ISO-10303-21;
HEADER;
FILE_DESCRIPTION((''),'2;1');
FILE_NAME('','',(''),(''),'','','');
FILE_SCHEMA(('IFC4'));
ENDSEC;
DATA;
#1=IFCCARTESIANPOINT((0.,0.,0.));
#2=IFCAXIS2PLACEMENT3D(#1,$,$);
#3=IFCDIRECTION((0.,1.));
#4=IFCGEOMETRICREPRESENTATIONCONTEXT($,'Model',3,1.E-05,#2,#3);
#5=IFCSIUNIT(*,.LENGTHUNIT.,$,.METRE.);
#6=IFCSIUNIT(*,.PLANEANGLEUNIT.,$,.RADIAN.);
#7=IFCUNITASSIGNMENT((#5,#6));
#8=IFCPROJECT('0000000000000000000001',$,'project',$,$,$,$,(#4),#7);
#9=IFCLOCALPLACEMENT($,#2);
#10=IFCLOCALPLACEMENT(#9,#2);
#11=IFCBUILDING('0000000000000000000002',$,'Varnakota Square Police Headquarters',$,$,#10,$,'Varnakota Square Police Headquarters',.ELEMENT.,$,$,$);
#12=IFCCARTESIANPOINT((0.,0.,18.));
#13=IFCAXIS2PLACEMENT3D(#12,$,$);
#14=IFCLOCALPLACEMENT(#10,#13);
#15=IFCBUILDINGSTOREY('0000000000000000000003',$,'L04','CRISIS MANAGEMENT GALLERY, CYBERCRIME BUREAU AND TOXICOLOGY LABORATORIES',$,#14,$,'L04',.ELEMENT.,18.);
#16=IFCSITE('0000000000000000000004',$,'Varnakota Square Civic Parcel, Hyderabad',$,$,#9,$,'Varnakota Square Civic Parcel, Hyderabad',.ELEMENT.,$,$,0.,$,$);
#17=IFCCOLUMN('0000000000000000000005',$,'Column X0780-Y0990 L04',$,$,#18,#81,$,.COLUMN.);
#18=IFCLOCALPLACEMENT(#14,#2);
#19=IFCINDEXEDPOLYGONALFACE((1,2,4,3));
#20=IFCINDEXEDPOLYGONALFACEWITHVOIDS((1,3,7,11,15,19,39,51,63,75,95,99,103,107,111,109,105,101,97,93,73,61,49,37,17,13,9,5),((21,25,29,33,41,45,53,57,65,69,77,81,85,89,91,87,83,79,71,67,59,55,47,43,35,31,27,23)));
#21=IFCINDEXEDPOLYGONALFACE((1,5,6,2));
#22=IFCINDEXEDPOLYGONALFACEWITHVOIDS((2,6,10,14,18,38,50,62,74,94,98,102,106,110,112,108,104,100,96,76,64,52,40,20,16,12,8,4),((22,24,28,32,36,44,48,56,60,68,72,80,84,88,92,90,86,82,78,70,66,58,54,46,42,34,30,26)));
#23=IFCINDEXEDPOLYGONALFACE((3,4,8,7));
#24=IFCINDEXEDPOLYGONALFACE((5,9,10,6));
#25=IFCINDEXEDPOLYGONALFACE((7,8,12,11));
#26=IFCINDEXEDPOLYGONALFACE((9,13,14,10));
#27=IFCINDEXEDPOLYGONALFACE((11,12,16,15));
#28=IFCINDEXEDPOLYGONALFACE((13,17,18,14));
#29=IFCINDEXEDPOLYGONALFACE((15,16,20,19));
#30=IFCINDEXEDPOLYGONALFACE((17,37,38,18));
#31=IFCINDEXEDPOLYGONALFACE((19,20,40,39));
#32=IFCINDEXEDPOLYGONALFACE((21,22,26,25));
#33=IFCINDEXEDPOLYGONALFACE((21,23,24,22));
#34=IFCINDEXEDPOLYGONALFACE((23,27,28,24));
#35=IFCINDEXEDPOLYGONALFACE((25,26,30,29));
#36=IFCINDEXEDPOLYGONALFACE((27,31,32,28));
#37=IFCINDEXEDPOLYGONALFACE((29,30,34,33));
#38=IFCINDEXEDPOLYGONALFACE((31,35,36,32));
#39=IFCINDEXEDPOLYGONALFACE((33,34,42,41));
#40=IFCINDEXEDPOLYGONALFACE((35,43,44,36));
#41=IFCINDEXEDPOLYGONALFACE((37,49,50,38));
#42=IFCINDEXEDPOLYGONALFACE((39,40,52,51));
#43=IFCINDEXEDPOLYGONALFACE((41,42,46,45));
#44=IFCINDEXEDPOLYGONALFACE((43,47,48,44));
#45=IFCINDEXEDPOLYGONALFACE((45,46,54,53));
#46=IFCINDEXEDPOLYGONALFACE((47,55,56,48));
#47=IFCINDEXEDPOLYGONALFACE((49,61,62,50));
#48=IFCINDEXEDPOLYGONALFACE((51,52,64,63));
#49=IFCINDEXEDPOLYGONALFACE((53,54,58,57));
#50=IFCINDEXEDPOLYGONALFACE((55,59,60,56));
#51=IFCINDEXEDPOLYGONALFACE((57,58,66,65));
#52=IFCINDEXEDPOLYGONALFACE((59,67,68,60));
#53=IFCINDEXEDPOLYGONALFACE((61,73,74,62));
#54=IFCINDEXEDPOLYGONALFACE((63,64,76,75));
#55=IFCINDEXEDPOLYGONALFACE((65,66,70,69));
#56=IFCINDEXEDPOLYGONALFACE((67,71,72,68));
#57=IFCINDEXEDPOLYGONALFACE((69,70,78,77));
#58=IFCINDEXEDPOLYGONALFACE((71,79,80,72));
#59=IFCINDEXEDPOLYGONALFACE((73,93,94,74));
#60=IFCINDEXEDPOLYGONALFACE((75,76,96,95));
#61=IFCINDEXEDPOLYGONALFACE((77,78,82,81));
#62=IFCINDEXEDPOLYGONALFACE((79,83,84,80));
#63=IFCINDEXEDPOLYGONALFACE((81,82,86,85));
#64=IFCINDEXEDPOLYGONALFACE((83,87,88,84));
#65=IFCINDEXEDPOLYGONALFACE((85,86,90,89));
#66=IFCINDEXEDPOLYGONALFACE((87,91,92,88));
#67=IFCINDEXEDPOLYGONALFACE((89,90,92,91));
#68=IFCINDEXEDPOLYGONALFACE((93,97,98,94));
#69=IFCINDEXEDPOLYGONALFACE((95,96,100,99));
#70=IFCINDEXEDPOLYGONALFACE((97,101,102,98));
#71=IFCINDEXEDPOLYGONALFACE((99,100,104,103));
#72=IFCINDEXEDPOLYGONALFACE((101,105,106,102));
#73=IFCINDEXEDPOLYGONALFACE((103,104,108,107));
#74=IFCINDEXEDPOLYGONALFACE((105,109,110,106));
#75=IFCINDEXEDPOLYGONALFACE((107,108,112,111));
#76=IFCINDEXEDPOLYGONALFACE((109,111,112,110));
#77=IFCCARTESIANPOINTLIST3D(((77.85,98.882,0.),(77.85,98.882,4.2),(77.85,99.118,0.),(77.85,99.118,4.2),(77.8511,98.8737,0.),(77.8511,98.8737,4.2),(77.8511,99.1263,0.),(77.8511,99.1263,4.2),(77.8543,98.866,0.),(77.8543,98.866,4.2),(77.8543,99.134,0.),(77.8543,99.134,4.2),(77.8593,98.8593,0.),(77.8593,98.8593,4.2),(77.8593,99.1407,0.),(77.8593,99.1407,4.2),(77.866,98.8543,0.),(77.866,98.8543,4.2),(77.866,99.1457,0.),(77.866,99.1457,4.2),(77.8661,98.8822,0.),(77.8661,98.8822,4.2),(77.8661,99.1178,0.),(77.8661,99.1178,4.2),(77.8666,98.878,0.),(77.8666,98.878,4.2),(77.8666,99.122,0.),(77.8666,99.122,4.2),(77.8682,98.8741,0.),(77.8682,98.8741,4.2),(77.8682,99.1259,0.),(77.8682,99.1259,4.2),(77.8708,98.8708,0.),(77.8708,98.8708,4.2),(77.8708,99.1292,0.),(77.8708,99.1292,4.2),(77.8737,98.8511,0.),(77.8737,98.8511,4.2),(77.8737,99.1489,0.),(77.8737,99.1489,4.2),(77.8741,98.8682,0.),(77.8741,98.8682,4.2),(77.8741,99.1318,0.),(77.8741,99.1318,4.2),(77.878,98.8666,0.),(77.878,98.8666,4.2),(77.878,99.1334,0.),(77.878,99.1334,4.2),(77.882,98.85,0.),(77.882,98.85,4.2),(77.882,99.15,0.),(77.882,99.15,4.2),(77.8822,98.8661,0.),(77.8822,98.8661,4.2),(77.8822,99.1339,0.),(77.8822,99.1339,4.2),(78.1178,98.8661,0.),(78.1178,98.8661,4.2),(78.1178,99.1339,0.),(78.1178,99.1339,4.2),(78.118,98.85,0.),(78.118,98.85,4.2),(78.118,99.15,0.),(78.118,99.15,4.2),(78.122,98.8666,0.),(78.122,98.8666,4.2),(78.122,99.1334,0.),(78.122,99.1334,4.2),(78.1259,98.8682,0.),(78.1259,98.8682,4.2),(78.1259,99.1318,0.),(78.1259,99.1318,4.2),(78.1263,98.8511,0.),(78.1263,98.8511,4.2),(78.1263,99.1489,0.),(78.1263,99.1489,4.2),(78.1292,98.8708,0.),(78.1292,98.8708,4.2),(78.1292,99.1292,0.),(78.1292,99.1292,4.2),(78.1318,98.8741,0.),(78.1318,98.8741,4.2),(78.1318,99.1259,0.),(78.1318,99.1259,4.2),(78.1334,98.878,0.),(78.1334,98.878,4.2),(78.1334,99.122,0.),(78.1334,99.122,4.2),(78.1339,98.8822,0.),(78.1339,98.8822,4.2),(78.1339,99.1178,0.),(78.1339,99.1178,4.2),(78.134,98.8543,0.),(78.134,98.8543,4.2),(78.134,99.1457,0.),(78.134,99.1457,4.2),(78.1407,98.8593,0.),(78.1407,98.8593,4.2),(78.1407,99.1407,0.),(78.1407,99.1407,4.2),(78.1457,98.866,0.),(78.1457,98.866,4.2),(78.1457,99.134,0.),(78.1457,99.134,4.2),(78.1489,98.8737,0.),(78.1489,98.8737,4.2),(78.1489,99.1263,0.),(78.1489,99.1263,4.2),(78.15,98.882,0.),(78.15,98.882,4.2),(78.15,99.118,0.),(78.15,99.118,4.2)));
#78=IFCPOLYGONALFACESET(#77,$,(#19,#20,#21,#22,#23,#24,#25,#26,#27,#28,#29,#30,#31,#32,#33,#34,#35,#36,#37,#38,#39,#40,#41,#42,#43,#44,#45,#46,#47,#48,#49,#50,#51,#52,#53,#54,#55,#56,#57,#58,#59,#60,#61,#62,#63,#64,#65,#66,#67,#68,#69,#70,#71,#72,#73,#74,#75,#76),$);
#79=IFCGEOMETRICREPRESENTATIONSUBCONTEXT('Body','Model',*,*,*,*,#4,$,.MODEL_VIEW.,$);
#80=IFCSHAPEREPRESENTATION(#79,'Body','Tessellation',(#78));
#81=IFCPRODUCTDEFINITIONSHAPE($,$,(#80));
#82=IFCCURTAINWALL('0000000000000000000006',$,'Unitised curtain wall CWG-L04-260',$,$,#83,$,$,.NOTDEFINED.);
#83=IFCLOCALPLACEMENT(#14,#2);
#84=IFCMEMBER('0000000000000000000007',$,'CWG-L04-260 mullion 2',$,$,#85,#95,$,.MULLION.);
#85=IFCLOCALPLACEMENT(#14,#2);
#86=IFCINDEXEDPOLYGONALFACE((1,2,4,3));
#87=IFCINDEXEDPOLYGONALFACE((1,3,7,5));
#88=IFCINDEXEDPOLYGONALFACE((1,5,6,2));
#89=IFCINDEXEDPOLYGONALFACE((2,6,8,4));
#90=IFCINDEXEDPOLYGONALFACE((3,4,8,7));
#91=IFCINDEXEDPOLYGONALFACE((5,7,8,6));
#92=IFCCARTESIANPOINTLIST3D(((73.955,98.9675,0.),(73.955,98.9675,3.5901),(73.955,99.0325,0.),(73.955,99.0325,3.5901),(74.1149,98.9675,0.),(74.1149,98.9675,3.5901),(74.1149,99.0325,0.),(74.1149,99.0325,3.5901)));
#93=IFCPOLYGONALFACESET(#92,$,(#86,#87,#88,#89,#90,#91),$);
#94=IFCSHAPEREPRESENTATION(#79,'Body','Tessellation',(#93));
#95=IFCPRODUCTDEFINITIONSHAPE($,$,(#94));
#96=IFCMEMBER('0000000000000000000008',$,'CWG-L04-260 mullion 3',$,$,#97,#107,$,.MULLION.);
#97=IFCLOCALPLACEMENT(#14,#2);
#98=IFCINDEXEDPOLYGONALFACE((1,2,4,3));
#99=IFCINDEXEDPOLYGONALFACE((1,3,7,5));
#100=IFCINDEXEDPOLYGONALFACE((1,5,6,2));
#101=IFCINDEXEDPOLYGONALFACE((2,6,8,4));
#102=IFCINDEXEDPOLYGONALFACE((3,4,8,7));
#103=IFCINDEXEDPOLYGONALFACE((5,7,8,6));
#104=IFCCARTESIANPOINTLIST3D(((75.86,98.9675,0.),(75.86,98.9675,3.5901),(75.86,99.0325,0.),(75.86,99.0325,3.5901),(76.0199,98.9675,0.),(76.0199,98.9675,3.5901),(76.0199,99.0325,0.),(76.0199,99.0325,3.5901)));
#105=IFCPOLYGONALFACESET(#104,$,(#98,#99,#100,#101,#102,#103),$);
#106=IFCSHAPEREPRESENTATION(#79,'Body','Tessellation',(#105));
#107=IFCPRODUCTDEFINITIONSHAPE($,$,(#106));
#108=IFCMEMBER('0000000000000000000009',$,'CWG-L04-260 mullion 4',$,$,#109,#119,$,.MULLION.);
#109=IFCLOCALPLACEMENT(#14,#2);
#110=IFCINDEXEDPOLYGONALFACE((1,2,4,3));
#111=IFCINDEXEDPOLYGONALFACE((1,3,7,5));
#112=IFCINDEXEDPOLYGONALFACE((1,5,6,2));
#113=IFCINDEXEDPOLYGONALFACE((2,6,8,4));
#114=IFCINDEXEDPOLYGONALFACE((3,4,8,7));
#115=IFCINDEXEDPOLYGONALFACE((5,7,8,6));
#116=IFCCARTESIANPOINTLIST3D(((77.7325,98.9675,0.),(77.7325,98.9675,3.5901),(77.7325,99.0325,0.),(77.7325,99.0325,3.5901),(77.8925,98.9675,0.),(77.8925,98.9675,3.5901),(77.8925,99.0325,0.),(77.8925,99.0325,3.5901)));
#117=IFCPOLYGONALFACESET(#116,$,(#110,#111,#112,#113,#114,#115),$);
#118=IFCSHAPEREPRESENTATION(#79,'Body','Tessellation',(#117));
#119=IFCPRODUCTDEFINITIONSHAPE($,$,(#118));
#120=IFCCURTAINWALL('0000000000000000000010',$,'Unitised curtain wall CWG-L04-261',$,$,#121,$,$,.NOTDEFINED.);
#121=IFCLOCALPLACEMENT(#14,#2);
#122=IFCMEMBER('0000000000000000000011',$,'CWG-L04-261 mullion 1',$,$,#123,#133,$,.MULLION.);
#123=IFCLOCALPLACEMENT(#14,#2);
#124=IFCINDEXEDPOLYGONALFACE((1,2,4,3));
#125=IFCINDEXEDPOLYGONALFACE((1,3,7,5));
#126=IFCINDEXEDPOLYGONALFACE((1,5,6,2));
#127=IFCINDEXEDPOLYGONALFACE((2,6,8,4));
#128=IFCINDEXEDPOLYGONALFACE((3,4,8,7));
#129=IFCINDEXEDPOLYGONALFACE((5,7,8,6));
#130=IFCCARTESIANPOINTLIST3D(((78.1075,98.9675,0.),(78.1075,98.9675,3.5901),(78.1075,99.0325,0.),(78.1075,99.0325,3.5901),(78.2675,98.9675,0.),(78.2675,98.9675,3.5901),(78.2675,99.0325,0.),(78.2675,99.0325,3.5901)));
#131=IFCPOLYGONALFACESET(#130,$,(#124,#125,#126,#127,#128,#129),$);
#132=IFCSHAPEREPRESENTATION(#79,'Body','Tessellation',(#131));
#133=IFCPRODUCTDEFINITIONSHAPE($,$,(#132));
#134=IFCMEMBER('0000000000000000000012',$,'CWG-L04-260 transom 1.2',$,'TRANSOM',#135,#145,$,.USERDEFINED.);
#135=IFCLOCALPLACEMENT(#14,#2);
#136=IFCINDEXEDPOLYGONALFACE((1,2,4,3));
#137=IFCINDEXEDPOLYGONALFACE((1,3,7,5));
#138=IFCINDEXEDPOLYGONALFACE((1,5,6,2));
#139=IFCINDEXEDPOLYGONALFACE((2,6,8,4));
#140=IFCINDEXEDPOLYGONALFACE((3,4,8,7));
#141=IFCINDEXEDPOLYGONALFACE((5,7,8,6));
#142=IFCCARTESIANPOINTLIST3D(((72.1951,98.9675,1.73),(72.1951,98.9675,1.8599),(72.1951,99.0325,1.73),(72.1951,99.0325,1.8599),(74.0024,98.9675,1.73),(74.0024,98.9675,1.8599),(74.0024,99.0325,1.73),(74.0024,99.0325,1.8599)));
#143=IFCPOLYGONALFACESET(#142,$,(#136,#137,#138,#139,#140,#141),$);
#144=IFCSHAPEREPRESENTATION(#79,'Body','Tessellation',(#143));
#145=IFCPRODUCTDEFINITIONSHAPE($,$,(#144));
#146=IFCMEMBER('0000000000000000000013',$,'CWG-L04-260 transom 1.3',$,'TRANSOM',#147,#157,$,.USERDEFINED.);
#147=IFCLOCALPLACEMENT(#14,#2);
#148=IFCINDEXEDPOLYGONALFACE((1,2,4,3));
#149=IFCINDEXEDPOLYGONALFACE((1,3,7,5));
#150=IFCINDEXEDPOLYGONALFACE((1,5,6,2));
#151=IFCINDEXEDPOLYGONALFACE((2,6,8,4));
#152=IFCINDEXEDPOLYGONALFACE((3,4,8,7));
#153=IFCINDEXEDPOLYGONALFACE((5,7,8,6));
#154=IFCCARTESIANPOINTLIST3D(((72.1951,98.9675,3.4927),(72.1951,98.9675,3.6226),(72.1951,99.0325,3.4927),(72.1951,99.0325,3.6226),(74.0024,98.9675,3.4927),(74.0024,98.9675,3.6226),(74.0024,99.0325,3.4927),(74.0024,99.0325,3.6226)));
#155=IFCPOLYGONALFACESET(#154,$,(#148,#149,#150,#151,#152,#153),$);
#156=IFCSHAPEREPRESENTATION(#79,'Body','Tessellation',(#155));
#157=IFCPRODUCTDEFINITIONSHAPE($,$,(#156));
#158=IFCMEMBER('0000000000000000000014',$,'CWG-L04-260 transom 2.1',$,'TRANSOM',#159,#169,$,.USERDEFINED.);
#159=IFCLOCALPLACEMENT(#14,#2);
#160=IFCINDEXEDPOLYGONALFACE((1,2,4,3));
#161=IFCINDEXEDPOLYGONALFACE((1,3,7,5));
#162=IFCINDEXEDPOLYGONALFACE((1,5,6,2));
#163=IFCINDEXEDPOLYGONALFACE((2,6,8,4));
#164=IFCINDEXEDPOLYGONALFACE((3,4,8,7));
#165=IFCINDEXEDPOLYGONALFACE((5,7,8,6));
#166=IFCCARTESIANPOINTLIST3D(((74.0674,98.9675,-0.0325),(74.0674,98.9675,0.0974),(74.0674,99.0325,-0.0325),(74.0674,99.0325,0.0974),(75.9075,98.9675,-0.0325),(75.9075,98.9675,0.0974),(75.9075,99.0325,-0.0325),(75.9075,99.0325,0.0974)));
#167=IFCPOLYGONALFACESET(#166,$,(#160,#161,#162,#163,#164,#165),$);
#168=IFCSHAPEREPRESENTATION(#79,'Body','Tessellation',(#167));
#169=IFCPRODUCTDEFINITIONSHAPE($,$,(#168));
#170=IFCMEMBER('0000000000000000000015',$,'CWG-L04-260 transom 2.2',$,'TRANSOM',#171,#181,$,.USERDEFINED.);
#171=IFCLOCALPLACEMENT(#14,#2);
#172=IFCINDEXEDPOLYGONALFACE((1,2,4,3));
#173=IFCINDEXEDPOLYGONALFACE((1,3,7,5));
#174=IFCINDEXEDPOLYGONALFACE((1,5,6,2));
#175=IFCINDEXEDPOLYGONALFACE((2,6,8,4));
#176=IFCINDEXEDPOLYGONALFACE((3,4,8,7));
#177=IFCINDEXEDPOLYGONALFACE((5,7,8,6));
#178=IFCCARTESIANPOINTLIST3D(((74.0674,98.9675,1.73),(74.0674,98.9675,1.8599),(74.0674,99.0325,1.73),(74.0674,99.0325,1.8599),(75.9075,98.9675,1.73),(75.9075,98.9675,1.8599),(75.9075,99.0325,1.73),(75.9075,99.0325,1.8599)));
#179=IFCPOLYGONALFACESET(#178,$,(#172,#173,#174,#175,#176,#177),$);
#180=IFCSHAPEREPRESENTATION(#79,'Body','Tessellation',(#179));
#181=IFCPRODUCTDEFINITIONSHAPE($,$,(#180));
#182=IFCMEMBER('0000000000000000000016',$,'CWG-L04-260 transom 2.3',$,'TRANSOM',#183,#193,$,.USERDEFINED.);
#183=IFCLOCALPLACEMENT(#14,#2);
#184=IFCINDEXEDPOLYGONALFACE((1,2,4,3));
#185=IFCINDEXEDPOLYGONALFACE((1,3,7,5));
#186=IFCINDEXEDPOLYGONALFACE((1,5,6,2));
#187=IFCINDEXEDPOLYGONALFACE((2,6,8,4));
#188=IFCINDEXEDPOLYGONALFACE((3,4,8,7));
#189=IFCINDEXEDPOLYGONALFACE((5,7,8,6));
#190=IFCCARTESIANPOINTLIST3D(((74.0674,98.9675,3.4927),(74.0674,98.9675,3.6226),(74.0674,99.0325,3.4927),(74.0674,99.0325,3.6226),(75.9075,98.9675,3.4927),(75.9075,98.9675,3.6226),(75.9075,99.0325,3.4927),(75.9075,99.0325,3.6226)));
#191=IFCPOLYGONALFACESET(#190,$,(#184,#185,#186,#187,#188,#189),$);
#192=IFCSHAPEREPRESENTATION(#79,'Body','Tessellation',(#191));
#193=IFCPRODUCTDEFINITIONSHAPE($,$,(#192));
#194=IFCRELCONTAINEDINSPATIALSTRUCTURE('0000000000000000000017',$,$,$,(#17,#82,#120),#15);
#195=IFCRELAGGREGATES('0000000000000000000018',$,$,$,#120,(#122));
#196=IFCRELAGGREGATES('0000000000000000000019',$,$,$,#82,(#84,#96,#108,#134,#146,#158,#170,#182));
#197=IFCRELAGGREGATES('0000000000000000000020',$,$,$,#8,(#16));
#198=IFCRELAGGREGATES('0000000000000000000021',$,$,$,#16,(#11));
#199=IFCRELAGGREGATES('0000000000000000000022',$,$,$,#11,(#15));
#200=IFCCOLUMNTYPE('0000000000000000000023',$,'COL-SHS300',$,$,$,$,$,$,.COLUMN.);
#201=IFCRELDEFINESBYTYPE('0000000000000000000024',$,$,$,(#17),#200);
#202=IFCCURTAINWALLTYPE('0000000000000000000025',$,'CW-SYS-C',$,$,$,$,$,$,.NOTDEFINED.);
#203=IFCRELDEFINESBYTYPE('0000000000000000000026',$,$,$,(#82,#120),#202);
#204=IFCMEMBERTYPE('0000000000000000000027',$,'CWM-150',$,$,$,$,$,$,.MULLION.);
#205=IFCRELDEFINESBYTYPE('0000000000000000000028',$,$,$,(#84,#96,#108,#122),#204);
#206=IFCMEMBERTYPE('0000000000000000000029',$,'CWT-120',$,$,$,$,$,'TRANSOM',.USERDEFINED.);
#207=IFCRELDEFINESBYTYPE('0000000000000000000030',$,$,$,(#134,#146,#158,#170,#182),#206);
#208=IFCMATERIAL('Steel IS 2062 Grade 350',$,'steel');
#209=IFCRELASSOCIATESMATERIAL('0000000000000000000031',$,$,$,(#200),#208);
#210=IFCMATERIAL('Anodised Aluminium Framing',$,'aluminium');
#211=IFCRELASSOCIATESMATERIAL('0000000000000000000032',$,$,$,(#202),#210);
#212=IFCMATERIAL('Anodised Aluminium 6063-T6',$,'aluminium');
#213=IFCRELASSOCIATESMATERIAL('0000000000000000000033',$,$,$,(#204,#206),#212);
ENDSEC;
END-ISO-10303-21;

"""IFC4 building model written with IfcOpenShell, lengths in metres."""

from ifc_helpers import new_model, si_unit, direction, frame, origin, origin_2d, place, context, subcontext, project, spatial, rectangle, hollow_rectangle, extrude, material, material_profile, profile_set, type_object, element, aggregate, save


model = new_model("IFC4")

# Units and contexts
model_context = context("Model", 3, precision=1e-05, world=origin(), true_north=direction((0.0, 1.0)))
body_context = subcontext(model_context, "Body", "Model", "MODEL_VIEW")
ifc_project = project(units=[si_unit("LENGTHUNIT", "METRE"), si_unit("PLANEANGLEUNIT", "RADIAN")], contexts=[model_context])

# Site, building, storey
site_placement = place(None, origin())
site = spatial("IfcSite", under=ifc_project, at=site_placement, Name="Varnakota Square Civic Parcel, Hyderabad", LongName="Varnakota Square Civic Parcel, Hyderabad", CompositionType="ELEMENT", RefElevation=0.0)
building_placement = place(site_placement, origin())
building = spatial("IfcBuilding", under=site, at=building_placement, Name="Varnakota Square Police Headquarters", LongName="Varnakota Square Police Headquarters", CompositionType="ELEMENT")
storey_placement = place(building_placement, frame((0.0, 0.0, 18.0)))
storey = spatial("IfcBuildingStorey", under=building, at=storey_placement, Name="L04", Description="CRISIS MANAGEMENT GALLERY, CYBERCRIME BUREAU AND TOXICOLOGY LABORATORIES", LongName="L04", CompositionType="ELEMENT", Elevation=18.0)

# Column
ifc_material_1 = material(Name="Steel IS 2062 Grade 350", Category="steel")
ifc_material_profile_1 = material_profile(ifc_material_1, hollow_rectangle(XDim=0.3, YDim=0.3, WallThickness=0.0161, InnerFilletRadius=0.0161, OuterFilletRadius=0.032, at=origin_2d()), Name="SHS 300x300x16")
ifc_profile_set_1 = profile_set([ifc_material_profile_1], Name="Steel IS 2062 Grade 350")
column_type = type_object("IfcColumnType", Name="COL-SHS300", PredefinedType="COLUMN", material=ifc_profile_set_1)
column_placement = place(storey_placement, frame((78.0, 99.0, 0.0), z_axis=(0.0, 0.0, 1.0), x_axis=(1.0, 0.0, 0.0)))
element("IfcColumn", 1, at=column_placement, inside=storey, type_object=column_type, Name="Column X0780-Y0990 L04", PredefinedType="COLUMN", context=body_context, shape_type="SweptSolid", body=[
    extrude(hollow_rectangle(XDim=0.3, YDim=0.3, WallThickness=0.0161, InnerFilletRadius=0.0161, OuterFilletRadius=0.032, at=origin_2d()), origin(), (0.0, 0.0, 1.0), 4.2),
])

# Curtain wall, members
ifc_material_2 = material(Name="Anodised Aluminium Framing", Category="aluminium")
curtain_wall_type = type_object("IfcCurtainWallType", Name="CW-SYS-C", PredefinedType="NOTDEFINED", material=ifc_material_2)
curtain_wall_1_placement = place(storey_placement, origin())
curtain_wall_1 = element("IfcCurtainWall", 2, at=curtain_wall_1_placement, inside=storey, type_object=curtain_wall_type, Name="Unitised curtain wall CWG-L04-260", PredefinedType="NOTDEFINED")
ifc_material_3 = material(Name="Anodised Aluminium 6063-T6", Category="aluminium")
ifc_material_profile_2 = material_profile(ifc_material_3, rectangle(XDim=0.0649, YDim=0.1599, at=origin_2d()), Name="ALU MULLION 65x160")
ifc_profile_set_2 = profile_set([ifc_material_profile_2], Name="Anodised Aluminium 6063-T6")
member_type_1 = type_object("IfcMemberType", Name="CWM-150", PredefinedType="MULLION", material=ifc_profile_set_2)
member_1_placement = place(storey_placement, frame((74.0349, 99.0, 0.0), z_axis=(0.0, 0.0, 1.0), x_axis=(0.0, 1.0, 0.0)))
member_1 = element("IfcMember", 3, at=member_1_placement, type_object=member_type_1, Name="CWG-L04-260 mullion 2", PredefinedType="MULLION", context=body_context, shape_type="SweptSolid", body=[
    extrude(rectangle(XDim=0.0649, YDim=0.1599, at=origin_2d()), origin(), (0.0, 0.0, 1.0), 3.5901),
])
member_2_placement = place(storey_placement, frame((75.9399, 99.0, 0.0), z_axis=(0.0, 0.0, 1.0), x_axis=(0.0, 1.0, 0.0)))
member_2 = element("IfcMember", 4, at=member_2_placement, type_object=member_type_1, Name="CWG-L04-260 mullion 3", PredefinedType="MULLION", context=body_context, shape_type="SweptSolid", body=[
    extrude(rectangle(XDim=0.0649, YDim=0.1599, at=origin_2d()), origin(), (0.0, 0.0, 1.0), 3.5901),
])
member_3_placement = place(storey_placement, frame((77.8125, 99.0, 0.0), z_axis=(0.0, 0.0, 1.0), x_axis=(0.0, 1.0, 0.0)))
member_3 = element("IfcMember", 5, at=member_3_placement, type_object=member_type_1, Name="CWG-L04-260 mullion 4", PredefinedType="MULLION", context=body_context, shape_type="SweptSolid", body=[
    extrude(rectangle(XDim=0.0649, YDim=0.1599, at=origin_2d()), origin(), (0.0, 0.0, 1.0), 3.5901),
])

# Curtain wall, member
curtain_wall_2_placement = place(storey_placement, origin())
curtain_wall_2 = element("IfcCurtainWall", 6, at=curtain_wall_2_placement, inside=storey, type_object=curtain_wall_type, Name="Unitised curtain wall CWG-L04-261", PredefinedType="NOTDEFINED")
member_4_placement = place(storey_placement, frame((78.1875, 99.0, 0.0), z_axis=(0.0, 0.0, 1.0), x_axis=(0.0, 1.0, 0.0)))
member_4 = element("IfcMember", 7, at=member_4_placement, type_object=member_type_1, Name="CWG-L04-261 mullion 1", PredefinedType="MULLION", context=body_context, shape_type="SweptSolid", body=[
    extrude(rectangle(XDim=0.0649, YDim=0.1599, at=origin_2d()), origin(), (0.0, 0.0, 1.0), 3.5901),
])

# Members
ifc_material_profile_3 = material_profile(ifc_material_3, rectangle(XDim=0.0649, YDim=0.1299, at=origin_2d()), Name="ALU TRANSOM 65x130")
ifc_profile_set_3 = profile_set([ifc_material_profile_3], Name="Anodised Aluminium 6063-T6")
member_type_2 = type_object("IfcMemberType", Name="CWT-120", ElementType="TRANSOM", PredefinedType="USERDEFINED", material=ifc_profile_set_3)
member_5_placement = place(storey_placement, frame((72.1951, 99.0, 1.7949), z_axis=(1.0, 0.0, 0.0), x_axis=(0.0, 1.0, 0.0)))
member_5 = element("IfcMember", 8, at=member_5_placement, type_object=member_type_2, Name="CWG-L04-260 transom 1.2", ObjectType="TRANSOM", PredefinedType="USERDEFINED", context=body_context, shape_type="SweptSolid", body=[
    extrude(rectangle(XDim=0.0649, YDim=0.1299, at=origin_2d()), origin(), (0.0, 0.0, 1.0), 1.8074),
])
member_6_placement = place(storey_placement, frame((72.1951, 99.0, 3.5576), z_axis=(1.0, 0.0, 0.0), x_axis=(0.0, 1.0, 0.0)))
member_6 = element("IfcMember", 9, at=member_6_placement, type_object=member_type_2, Name="CWG-L04-260 transom 1.3", ObjectType="TRANSOM", PredefinedType="USERDEFINED", context=body_context, shape_type="SweptSolid", body=[
    extrude(rectangle(XDim=0.0649, YDim=0.1299, at=origin_2d()), origin(), (0.0, 0.0, 1.0), 1.8074),
])
member_7_placement = place(storey_placement, frame((74.0674, 99.0, 0.0325), z_axis=(1.0, 0.0, 0.0), x_axis=(0.0, 1.0, 0.0)))
member_7 = element("IfcMember", 10, at=member_7_placement, type_object=member_type_2, Name="CWG-L04-260 transom 2.1", ObjectType="TRANSOM", PredefinedType="USERDEFINED", context=body_context, shape_type="SweptSolid", body=[
    extrude(rectangle(XDim=0.0649, YDim=0.1299, at=origin_2d()), origin(), (0.0, 0.0, 1.0), 1.8401),
])
member_8_placement = place(storey_placement, frame((74.0674, 99.0, 1.7949), z_axis=(1.0, 0.0, 0.0), x_axis=(0.0, 1.0, 0.0)))
member_8 = element("IfcMember", 11, at=member_8_placement, type_object=member_type_2, Name="CWG-L04-260 transom 2.2", ObjectType="TRANSOM", PredefinedType="USERDEFINED", context=body_context, shape_type="SweptSolid", body=[
    extrude(rectangle(XDim=0.0649, YDim=0.1299, at=origin_2d()), origin(), (0.0, 0.0, 1.0), 1.8401),
])
member_9_placement = place(storey_placement, frame((74.0674, 99.0, 3.5576), z_axis=(1.0, 0.0, 0.0), x_axis=(0.0, 1.0, 0.0)))
member_9 = element("IfcMember", 12, at=member_9_placement, type_object=member_type_2, Name="CWG-L04-260 transom 2.3", ObjectType="TRANSOM", PredefinedType="USERDEFINED", context=body_context, shape_type="SweptSolid", body=[
    extrude(rectangle(XDim=0.0649, YDim=0.1299, at=origin_2d()), origin(), (0.0, 0.0, 1.0), 1.8401),
])
aggregate(curtain_wall_2, [member_4])

aggregate(curtain_wall_1, [member_1, member_2, member_3, member_5, member_6, member_7, member_8, member_9])

save(model, "model.ifc")
